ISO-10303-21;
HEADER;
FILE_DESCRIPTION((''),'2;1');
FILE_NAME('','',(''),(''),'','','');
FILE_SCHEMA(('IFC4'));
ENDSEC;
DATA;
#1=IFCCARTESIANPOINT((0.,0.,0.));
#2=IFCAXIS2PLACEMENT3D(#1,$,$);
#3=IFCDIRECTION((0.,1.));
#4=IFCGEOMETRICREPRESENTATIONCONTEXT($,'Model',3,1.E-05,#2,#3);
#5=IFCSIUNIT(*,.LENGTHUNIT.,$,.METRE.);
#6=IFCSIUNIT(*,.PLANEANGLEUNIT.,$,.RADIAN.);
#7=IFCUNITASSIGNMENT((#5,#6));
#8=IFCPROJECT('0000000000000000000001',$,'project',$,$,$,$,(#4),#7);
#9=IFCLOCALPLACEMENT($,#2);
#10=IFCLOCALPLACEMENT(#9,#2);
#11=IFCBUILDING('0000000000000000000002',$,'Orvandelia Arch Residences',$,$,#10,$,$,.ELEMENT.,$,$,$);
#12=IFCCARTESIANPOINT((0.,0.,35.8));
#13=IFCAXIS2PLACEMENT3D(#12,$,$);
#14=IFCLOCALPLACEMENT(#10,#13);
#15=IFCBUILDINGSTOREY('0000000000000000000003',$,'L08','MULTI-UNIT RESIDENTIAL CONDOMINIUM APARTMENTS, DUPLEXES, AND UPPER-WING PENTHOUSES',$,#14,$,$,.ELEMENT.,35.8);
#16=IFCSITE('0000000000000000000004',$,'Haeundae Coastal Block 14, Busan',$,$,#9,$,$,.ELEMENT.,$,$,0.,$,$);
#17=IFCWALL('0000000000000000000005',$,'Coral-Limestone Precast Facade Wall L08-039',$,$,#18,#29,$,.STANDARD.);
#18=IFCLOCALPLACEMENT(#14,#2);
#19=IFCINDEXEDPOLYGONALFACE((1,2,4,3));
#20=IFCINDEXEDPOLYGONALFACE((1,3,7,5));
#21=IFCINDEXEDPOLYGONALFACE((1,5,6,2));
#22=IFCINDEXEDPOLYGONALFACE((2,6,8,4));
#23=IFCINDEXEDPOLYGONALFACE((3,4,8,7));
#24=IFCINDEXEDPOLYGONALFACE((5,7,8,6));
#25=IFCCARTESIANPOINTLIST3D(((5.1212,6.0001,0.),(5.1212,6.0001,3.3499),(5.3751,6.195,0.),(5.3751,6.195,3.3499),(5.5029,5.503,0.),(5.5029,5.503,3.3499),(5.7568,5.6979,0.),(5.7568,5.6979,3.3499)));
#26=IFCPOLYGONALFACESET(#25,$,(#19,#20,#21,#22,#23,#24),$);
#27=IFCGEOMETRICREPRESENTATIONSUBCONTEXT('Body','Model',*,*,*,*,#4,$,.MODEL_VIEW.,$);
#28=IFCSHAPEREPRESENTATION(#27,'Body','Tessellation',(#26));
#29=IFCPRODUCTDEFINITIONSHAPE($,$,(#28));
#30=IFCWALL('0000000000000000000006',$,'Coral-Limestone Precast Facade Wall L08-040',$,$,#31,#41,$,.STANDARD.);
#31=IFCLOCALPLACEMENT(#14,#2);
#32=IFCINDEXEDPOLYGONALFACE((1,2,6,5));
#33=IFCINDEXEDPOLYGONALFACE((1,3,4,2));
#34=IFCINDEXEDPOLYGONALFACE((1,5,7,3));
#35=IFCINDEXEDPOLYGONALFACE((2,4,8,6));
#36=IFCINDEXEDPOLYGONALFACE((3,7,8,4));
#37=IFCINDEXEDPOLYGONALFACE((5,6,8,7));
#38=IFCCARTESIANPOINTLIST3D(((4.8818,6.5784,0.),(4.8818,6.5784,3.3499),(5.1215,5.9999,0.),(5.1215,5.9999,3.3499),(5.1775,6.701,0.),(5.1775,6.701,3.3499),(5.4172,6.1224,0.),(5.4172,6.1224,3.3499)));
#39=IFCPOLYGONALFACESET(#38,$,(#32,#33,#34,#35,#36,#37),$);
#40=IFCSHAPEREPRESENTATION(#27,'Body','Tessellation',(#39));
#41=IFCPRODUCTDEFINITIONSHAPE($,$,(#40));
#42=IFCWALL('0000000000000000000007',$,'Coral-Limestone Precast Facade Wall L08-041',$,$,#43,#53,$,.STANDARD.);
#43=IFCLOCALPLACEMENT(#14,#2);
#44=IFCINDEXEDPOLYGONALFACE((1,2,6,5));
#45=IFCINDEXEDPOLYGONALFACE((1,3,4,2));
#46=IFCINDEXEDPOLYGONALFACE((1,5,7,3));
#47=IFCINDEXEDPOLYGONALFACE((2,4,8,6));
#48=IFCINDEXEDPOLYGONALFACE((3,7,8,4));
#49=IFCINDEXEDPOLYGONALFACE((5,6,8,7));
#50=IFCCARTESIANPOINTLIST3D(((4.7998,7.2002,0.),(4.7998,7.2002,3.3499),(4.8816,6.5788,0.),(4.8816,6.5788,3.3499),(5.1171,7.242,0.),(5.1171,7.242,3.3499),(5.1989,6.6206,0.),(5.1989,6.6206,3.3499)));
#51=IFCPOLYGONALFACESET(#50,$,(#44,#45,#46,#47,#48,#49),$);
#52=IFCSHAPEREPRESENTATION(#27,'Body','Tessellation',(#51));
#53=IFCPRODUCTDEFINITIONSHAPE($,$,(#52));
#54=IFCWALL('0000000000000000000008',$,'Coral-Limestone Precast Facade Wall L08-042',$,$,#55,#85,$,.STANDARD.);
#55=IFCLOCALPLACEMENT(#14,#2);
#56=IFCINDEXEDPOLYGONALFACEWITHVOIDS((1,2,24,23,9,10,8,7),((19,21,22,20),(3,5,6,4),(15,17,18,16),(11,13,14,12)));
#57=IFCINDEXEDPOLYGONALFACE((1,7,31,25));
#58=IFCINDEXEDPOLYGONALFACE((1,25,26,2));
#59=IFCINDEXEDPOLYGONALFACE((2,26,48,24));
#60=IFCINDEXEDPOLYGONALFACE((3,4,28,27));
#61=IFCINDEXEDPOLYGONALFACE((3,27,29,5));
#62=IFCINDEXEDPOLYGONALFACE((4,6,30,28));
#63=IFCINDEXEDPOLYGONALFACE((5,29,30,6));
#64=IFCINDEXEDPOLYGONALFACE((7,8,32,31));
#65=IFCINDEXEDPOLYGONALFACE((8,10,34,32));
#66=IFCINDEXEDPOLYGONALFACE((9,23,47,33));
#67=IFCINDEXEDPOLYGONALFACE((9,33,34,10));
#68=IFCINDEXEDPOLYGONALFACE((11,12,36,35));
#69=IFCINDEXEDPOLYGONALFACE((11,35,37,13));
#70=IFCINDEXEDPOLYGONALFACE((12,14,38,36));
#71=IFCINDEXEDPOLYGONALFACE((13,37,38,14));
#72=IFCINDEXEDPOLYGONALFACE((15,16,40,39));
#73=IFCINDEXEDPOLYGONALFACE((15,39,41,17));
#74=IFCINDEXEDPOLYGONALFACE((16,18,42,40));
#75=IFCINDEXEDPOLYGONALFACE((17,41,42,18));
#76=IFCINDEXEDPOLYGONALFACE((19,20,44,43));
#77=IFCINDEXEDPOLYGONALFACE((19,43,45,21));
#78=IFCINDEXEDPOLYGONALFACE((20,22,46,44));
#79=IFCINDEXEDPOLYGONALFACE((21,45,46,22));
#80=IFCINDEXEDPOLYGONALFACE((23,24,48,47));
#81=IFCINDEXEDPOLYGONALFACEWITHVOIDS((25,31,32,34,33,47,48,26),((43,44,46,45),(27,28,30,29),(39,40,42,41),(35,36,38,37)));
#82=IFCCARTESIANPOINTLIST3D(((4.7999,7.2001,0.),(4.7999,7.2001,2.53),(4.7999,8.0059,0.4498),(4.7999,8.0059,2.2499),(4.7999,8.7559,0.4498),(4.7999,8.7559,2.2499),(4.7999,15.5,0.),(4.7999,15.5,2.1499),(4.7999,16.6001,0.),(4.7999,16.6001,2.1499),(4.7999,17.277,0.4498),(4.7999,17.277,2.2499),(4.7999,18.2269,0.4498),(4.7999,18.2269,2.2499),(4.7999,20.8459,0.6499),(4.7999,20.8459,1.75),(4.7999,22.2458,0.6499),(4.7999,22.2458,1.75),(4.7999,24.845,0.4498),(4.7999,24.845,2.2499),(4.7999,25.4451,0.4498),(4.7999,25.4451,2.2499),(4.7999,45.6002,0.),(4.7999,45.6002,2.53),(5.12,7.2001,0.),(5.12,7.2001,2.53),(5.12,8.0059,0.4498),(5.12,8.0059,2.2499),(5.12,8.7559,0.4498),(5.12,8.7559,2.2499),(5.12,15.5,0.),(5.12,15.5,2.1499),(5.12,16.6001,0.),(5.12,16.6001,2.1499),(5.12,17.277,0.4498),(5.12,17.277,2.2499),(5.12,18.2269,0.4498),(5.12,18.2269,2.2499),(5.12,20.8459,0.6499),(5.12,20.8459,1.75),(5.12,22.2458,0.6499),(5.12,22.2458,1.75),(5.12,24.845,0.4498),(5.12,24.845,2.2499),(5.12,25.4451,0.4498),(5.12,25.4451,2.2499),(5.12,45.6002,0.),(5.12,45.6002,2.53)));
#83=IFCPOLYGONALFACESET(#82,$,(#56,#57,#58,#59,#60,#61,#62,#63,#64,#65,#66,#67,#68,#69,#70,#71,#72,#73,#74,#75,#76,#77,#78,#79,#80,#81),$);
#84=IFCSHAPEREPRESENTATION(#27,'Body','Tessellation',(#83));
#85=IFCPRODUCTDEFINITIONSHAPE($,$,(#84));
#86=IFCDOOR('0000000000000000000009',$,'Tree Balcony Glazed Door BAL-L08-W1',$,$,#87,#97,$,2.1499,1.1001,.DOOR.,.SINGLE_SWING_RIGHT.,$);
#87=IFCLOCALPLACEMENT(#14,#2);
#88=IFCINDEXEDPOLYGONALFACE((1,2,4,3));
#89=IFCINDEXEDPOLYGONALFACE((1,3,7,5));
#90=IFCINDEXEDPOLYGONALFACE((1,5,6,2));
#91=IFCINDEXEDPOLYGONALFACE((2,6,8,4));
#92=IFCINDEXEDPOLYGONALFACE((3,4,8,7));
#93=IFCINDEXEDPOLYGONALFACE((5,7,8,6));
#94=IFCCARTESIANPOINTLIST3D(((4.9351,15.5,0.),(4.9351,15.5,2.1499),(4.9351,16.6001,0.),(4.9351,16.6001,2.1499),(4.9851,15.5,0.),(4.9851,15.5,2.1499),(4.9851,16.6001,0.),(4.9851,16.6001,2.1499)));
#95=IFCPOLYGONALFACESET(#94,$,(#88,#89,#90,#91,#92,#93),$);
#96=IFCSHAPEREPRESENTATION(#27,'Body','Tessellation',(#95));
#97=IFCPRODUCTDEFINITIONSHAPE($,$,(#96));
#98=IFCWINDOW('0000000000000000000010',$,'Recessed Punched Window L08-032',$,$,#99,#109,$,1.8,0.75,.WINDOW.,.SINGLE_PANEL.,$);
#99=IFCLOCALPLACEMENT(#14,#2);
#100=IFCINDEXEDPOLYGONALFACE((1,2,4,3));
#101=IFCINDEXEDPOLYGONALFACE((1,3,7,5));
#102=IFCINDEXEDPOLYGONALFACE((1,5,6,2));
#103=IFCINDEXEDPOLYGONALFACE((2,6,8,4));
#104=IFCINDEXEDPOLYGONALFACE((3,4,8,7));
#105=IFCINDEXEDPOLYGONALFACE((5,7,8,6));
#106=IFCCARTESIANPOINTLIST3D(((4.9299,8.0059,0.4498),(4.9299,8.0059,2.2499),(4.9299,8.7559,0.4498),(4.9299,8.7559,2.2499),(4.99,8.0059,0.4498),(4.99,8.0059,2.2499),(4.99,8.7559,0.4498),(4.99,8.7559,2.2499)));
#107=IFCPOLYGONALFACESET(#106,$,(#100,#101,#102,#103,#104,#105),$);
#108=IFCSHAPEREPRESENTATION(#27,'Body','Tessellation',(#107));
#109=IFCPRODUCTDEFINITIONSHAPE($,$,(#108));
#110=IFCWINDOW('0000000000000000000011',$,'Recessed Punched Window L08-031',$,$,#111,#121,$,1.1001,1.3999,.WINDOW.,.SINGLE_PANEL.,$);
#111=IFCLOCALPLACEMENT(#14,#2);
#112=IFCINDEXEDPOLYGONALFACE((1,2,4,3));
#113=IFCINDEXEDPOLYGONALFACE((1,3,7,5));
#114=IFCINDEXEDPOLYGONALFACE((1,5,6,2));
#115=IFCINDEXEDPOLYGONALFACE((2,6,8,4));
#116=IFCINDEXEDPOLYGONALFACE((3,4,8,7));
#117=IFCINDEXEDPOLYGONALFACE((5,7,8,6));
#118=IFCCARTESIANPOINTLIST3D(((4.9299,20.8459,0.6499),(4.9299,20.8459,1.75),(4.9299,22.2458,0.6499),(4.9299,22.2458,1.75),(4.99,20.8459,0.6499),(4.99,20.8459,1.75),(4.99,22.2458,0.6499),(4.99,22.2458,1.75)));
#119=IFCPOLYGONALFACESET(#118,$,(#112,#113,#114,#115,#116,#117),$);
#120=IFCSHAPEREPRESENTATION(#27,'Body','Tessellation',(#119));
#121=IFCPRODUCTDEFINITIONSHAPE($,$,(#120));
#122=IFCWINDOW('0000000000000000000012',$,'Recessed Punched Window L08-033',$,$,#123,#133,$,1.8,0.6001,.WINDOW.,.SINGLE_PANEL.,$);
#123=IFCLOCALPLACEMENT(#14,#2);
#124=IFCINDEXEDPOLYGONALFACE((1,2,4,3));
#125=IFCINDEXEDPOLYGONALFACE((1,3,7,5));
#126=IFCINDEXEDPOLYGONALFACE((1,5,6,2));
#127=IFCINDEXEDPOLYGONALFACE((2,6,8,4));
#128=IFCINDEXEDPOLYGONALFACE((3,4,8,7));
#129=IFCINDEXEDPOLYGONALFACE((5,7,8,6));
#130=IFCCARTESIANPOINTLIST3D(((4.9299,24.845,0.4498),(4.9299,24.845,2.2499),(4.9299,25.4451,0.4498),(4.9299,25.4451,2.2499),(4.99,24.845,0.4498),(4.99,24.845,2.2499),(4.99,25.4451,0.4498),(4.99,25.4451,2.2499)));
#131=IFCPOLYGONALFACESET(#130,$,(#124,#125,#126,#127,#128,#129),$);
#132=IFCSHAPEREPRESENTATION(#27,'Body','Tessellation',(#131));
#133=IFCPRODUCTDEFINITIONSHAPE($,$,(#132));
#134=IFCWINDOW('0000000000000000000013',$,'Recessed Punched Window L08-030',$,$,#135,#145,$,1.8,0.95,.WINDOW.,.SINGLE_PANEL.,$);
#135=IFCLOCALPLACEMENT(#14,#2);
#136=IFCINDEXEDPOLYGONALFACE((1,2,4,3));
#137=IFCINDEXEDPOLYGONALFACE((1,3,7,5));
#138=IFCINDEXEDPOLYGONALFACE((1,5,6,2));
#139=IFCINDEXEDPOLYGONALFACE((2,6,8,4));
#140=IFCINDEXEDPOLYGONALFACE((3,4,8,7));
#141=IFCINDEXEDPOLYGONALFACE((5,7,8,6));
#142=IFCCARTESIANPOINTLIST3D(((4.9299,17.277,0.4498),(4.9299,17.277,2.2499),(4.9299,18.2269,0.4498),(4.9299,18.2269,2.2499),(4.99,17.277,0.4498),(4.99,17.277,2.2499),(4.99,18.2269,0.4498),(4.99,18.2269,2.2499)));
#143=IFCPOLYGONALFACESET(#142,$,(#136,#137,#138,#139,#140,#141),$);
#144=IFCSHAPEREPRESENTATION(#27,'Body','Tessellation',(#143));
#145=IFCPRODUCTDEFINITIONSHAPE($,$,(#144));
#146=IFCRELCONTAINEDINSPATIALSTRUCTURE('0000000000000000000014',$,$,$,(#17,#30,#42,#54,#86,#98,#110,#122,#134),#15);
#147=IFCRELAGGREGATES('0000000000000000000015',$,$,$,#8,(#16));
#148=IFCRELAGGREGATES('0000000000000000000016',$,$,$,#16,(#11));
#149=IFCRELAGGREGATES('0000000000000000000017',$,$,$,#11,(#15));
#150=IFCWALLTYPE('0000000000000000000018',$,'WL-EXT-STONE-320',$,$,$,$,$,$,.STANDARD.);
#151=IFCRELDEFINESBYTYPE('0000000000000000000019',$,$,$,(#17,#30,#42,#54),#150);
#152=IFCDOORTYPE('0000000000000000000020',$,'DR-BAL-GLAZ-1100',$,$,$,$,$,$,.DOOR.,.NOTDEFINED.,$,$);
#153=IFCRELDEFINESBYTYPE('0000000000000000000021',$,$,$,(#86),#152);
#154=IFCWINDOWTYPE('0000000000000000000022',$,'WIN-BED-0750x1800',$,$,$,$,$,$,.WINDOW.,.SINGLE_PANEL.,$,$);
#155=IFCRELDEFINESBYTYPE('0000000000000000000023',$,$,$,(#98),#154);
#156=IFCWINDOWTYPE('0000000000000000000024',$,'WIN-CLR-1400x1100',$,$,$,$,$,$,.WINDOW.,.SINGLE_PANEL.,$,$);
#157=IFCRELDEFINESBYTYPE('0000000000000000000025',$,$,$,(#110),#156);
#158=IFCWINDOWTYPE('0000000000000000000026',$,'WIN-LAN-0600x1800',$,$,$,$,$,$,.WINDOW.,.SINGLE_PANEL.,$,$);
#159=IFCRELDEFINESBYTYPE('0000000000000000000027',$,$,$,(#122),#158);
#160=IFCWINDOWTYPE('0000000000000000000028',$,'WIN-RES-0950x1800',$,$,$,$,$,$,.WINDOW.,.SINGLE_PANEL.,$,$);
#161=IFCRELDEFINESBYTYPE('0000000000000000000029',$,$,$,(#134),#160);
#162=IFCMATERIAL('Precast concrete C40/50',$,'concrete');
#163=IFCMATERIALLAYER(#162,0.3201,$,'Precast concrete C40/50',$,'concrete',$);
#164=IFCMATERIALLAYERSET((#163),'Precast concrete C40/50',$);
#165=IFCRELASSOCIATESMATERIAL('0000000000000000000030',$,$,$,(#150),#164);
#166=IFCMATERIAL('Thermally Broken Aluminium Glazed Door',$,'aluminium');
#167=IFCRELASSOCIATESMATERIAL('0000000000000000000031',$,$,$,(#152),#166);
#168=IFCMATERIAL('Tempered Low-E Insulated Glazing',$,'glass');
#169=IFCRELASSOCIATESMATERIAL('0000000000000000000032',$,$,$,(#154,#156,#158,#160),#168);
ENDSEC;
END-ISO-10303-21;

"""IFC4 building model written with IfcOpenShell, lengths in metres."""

from ifc_helpers import new_model, si_unit, direction, frame, frame_2d, origin, place, context, subcontext, project, spatial, rectangle, extrude, material, layer, layer_set, type_object, element, fill, save


model = new_model("IFC4")

# Units and contexts
model_context = context("Model", 3, precision=1e-05, world=origin(), true_north=direction((0.0, 1.0)))
body_context = subcontext(model_context, "Body", "Model", "MODEL_VIEW")
ifc_project = project(units=[si_unit("LENGTHUNIT", "METRE"), si_unit("PLANEANGLEUNIT", "RADIAN")], contexts=[model_context])

# Site, building, storey
site_placement = place(None, origin())
site = spatial("IfcSite", under=ifc_project, at=site_placement, Name="Haeundae Coastal Block 14, Busan", CompositionType="ELEMENT", RefElevation=0.0)
building_placement = place(site_placement, origin())
building = spatial("IfcBuilding", under=site, at=building_placement, Name="Orvandelia Arch Residences", CompositionType="ELEMENT")
storey_placement = place(building_placement, frame((0.0, 0.0, 35.8)))
storey = spatial("IfcBuildingStorey", under=building, at=storey_placement, Name="L08", Description="MULTI-UNIT RESIDENTIAL CONDOMINIUM APARTMENTS, DUPLEXES, AND UPPER-WING PENTHOUSES", CompositionType="ELEMENT", Elevation=35.8)

# Shared definitions
ifc_material_1 = material(Name="Precast concrete C40/50", Category="concrete")

# Walls
ifc_layer_1 = layer(ifc_material_1, 0.3201, Name="Precast concrete C40/50", Category="concrete")
ifc_layer_set_1 = layer_set([ifc_layer_1], Name="Precast concrete C40/50")
wall_type_1 = type_object("IfcWallType", Name="WL-EXT-STONE-320", PredefinedType="STANDARD", material=ifc_layer_set_1)
for number, where, z_axis, x_axis, name in (
    (1, (5.6299, 5.6003, 0.0), (0.0, 0.0, 1.0), (-0.608939, 0.793217, 0.0), "Coral-Limestone Precast Facade Wall L08-039"),
):
    element("IfcWall", number, at=place(storey_placement, frame(where, z_axis=z_axis, x_axis=x_axis)), inside=storey, type_object=wall_type_1, Name=name, PredefinedType="STANDARD", context=body_context, shape_type="SweptSolid", body=[
        extrude(rectangle(XDim=0.6267, YDim=0.3201, at=frame_2d((0.3135, 0.0))), origin(), (0.0, 0.0, 1.0), 3.3499),
    ])
wall_1_placement = place(storey_placement, frame((5.2693, 6.0613, 0.0), z_axis=(0.0, 0.0, 1.0), x_axis=(-0.382788, 0.923836, 0.0)))
element("IfcWall", 2, at=wall_1_placement, inside=storey, type_object=wall_type_1, Name="Coral-Limestone Precast Facade Wall L08-040", PredefinedType="STANDARD", context=body_context, shape_type="SweptSolid", body=[
    extrude(rectangle(XDim=0.6262, YDim=0.3201, at=frame_2d((0.313, 0.0))), origin(), (0.0, 0.0, 1.0), 3.3499),
])
wall_2_placement = place(storey_placement, frame((5.0403, 6.5996, 0.0), z_axis=(0.0, 0.0, 1.0), x_axis=(-0.130505, 0.991448, 0.0)))
element("IfcWall", 3, at=wall_2_placement, inside=storey, type_object=wall_type_1, Name="Coral-Limestone Precast Facade Wall L08-041", PredefinedType="STANDARD", context=body_context, shape_type="SweptSolid", body=[
    extrude(rectangle(XDim=0.6267, YDim=0.3201, at=frame_2d((0.3135, 0.0))), origin(), (0.0, 0.0, 1.0), 3.3499),
])

# Wall, openings, door, windows
wall_3_placement = place(storey_placement, frame((4.96, 7.2, 0.0), z_axis=(0.0, 0.0, 1.0), x_axis=(0.0, 1.0, 0.0)))
wall_3 = element("IfcWall", 4, at=wall_3_placement, inside=storey, type_object=wall_type_1, Name="Coral-Limestone Precast Facade Wall L08-042", PredefinedType="STANDARD", context=body_context, shape_type="SweptSolid", body=[
    extrude(rectangle(XDim=38.4001, YDim=0.3201, at=frame_2d((19.2002, 0.0))), origin(), (0.0, 0.0, 1.0), 2.53),
])
opening_1_placement = place(wall_3_placement, frame((8.3, 0.0, 0.0)))
opening_1 = element("IfcOpeningElement", 5, at=opening_1_placement, cuts=wall_3, PredefinedType="OPENING", context=body_context, shape_type="SweptSolid", body=[
    extrude(rectangle(XDim=1.1001, YDim=2.1499, at=frame_2d((0.55, 1.075))), frame((0.0, 0.1699, 0.0), z_axis=(0.0, -1.0, 0.0), x_axis=(1.0, 0.0, 0.0)), (0.0, 0.0, 1.0), 0.3401),
])
opening_2_placement = place(wall_3_placement, frame((10.0769, 0.0, 0.45)))
opening_2 = element("IfcOpeningElement", 6, at=opening_2_placement, cuts=wall_3, PredefinedType="OPENING", context=body_context, shape_type="SweptSolid", body=[
    extrude(rectangle(XDim=0.95, YDim=1.8, at=frame_2d((0.4751, 0.8999))), frame((0.0, 0.1699, 0.0), z_axis=(0.0, -1.0, 0.0), x_axis=(1.0, 0.0, 0.0)), (0.0, 0.0, 1.0), 0.3401),
])
opening_3_placement = place(wall_3_placement, frame((13.646, 0.0, 0.6499)))
opening_3 = element("IfcOpeningElement", 7, at=opening_3_placement, cuts=wall_3, PredefinedType="OPENING", context=body_context, shape_type="SweptSolid", body=[
    extrude(rectangle(XDim=1.3999, YDim=1.1001, at=frame_2d((0.7, 0.55))), frame((0.0, 0.1699, 0.0), z_axis=(0.0, -1.0, 0.0), x_axis=(1.0, 0.0, 0.0)), (0.0, 0.0, 1.0), 0.3401),
])
opening_4_placement = place(wall_3_placement, frame((0.8059, 0.0, 0.45)))
opening_4 = element("IfcOpeningElement", 8, at=opening_4_placement, cuts=wall_3, PredefinedType="OPENING", context=body_context, shape_type="SweptSolid", body=[
    extrude(rectangle(XDim=0.75, YDim=1.8, at=frame_2d((0.375, 0.8999))), frame((0.0, 0.1699, 0.0), z_axis=(0.0, -1.0, 0.0), x_axis=(1.0, 0.0, 0.0)), (0.0, 0.0, 1.0), 0.3401),
])
opening_5_placement = place(wall_3_placement, frame((17.645, 0.0, 0.45)))
opening_5 = element("IfcOpeningElement", 9, at=opening_5_placement, cuts=wall_3, PredefinedType="OPENING", context=body_context, shape_type="SweptSolid", body=[
    extrude(rectangle(XDim=0.6001, YDim=1.8, at=frame_2d((0.3, 0.8999))), frame((0.0, 0.1699, 0.0), z_axis=(0.0, -1.0, 0.0), x_axis=(1.0, 0.0, 0.0)), (0.0, 0.0, 1.0), 0.3401),
])
ifc_material_2 = material(Name="Thermally Broken Aluminium Glazed Door", Category="aluminium")
door_type_1 = type_object("IfcDoorType", Name="DR-BAL-GLAZ-1100", OperationType="NOTDEFINED", PredefinedType="DOOR", material=ifc_material_2)
door_1_placement = place(opening_1_placement, origin())
door_1 = element("IfcDoor", 10, at=door_1_placement, inside=storey, type_object=door_type_1, Name="Tree Balcony Glazed Door BAL-L08-W1", OperationType="SINGLE_SWING_RIGHT", OverallHeight=2.1499, OverallWidth=1.1001, PredefinedType="DOOR", context=body_context, shape_type="SweptSolid", body=[
    extrude(rectangle(XDim=1.1001, YDim=2.1499, at=frame_2d((0.55, 1.075))), frame((0.0, 0.0249, 0.0), z_axis=(0.0, -1.0, 0.0), x_axis=(1.0, 0.0, 0.0)), (0.0, 0.0, 1.0), 0.05),
])
fill(opening_1, door_1)
ifc_material_3 = material(Name="Tempered Low-E Insulated Glazing", Category="glass")
window_type_1 = type_object("IfcWindowType", Name="WIN-BED-0750x1800", PartitioningType="SINGLE_PANEL", PredefinedType="WINDOW", material=ifc_material_3)
window_1_placement = place(opening_4_placement, origin())
window_1 = element("IfcWindow", 11, at=window_1_placement, inside=storey, type_object=window_type_1, Name="Recessed Punched Window L08-032", OverallHeight=1.8, OverallWidth=0.75, PartitioningType="SINGLE_PANEL", PredefinedType="WINDOW", context=body_context, shape_type="SweptSolid", body=[
    extrude(rectangle(XDim=0.75, YDim=1.8, at=frame_2d((0.375, 0.8999))), frame((0.0, 0.03, 0.0), z_axis=(0.0, -1.0, 0.0), x_axis=(1.0, 0.0, 0.0)), (0.0, 0.0, 1.0), 0.0601),
])
fill(opening_4, window_1)
window_type_2 = type_object("IfcWindowType", Name="WIN-CLR-1400x1100", PartitioningType="SINGLE_PANEL", PredefinedType="WINDOW", material=ifc_material_3)
window_2_placement = place(opening_3_placement, origin())
window_2 = element("IfcWindow", 12, at=window_2_placement, inside=storey, type_object=window_type_2, Name="Recessed Punched Window L08-031", OverallHeight=1.1001, OverallWidth=1.3999, PartitioningType="SINGLE_PANEL", PredefinedType="WINDOW", context=body_context, shape_type="SweptSolid", body=[
    extrude(rectangle(XDim=1.3999, YDim=1.1001, at=frame_2d((0.7, 0.55))), frame((0.0, 0.03, 0.0), z_axis=(0.0, -1.0, 0.0), x_axis=(1.0, 0.0, 0.0)), (0.0, 0.0, 1.0), 0.0601),
])
fill(opening_3, window_2)
window_type_3 = type_object("IfcWindowType", Name="WIN-LAN-0600x1800", PartitioningType="SINGLE_PANEL", PredefinedType="WINDOW", material=ifc_material_3)
window_3_placement = place(opening_5_placement, origin())
window_3 = element("IfcWindow", 13, at=window_3_placement, inside=storey, type_object=window_type_3, Name="Recessed Punched Window L08-033", OverallHeight=1.8, OverallWidth=0.6001, PartitioningType="SINGLE_PANEL", PredefinedType="WINDOW", context=body_context, shape_type="SweptSolid", body=[
    extrude(rectangle(XDim=0.6001, YDim=1.8, at=frame_2d((0.3, 0.8999))), frame((0.0, 0.03, 0.0), z_axis=(0.0, -1.0, 0.0), x_axis=(1.0, 0.0, 0.0)), (0.0, 0.0, 1.0), 0.0601),
])
fill(opening_5, window_3)
window_type_4 = type_object("IfcWindowType", Name="WIN-RES-0950x1800", PartitioningType="SINGLE_PANEL", PredefinedType="WINDOW", material=ifc_material_3)
window_4_placement = place(opening_2_placement, origin())
window_4 = element("IfcWindow", 14, at=window_4_placement, inside=storey, type_object=window_type_4, Name="Recessed Punched Window L08-030", OverallHeight=1.8, OverallWidth=0.95, PartitioningType="SINGLE_PANEL", PredefinedType="WINDOW", context=body_context, shape_type="SweptSolid", body=[
    extrude(rectangle(XDim=0.95, YDim=1.8, at=frame_2d((0.4751, 0.8999))), frame((0.0, 0.03, 0.0), z_axis=(0.0, -1.0, 0.0), x_axis=(1.0, 0.0, 0.0)), (0.0, 0.0, 1.0), 0.0601),
])
fill(opening_2, window_4)

save(model, "model.ifc")
